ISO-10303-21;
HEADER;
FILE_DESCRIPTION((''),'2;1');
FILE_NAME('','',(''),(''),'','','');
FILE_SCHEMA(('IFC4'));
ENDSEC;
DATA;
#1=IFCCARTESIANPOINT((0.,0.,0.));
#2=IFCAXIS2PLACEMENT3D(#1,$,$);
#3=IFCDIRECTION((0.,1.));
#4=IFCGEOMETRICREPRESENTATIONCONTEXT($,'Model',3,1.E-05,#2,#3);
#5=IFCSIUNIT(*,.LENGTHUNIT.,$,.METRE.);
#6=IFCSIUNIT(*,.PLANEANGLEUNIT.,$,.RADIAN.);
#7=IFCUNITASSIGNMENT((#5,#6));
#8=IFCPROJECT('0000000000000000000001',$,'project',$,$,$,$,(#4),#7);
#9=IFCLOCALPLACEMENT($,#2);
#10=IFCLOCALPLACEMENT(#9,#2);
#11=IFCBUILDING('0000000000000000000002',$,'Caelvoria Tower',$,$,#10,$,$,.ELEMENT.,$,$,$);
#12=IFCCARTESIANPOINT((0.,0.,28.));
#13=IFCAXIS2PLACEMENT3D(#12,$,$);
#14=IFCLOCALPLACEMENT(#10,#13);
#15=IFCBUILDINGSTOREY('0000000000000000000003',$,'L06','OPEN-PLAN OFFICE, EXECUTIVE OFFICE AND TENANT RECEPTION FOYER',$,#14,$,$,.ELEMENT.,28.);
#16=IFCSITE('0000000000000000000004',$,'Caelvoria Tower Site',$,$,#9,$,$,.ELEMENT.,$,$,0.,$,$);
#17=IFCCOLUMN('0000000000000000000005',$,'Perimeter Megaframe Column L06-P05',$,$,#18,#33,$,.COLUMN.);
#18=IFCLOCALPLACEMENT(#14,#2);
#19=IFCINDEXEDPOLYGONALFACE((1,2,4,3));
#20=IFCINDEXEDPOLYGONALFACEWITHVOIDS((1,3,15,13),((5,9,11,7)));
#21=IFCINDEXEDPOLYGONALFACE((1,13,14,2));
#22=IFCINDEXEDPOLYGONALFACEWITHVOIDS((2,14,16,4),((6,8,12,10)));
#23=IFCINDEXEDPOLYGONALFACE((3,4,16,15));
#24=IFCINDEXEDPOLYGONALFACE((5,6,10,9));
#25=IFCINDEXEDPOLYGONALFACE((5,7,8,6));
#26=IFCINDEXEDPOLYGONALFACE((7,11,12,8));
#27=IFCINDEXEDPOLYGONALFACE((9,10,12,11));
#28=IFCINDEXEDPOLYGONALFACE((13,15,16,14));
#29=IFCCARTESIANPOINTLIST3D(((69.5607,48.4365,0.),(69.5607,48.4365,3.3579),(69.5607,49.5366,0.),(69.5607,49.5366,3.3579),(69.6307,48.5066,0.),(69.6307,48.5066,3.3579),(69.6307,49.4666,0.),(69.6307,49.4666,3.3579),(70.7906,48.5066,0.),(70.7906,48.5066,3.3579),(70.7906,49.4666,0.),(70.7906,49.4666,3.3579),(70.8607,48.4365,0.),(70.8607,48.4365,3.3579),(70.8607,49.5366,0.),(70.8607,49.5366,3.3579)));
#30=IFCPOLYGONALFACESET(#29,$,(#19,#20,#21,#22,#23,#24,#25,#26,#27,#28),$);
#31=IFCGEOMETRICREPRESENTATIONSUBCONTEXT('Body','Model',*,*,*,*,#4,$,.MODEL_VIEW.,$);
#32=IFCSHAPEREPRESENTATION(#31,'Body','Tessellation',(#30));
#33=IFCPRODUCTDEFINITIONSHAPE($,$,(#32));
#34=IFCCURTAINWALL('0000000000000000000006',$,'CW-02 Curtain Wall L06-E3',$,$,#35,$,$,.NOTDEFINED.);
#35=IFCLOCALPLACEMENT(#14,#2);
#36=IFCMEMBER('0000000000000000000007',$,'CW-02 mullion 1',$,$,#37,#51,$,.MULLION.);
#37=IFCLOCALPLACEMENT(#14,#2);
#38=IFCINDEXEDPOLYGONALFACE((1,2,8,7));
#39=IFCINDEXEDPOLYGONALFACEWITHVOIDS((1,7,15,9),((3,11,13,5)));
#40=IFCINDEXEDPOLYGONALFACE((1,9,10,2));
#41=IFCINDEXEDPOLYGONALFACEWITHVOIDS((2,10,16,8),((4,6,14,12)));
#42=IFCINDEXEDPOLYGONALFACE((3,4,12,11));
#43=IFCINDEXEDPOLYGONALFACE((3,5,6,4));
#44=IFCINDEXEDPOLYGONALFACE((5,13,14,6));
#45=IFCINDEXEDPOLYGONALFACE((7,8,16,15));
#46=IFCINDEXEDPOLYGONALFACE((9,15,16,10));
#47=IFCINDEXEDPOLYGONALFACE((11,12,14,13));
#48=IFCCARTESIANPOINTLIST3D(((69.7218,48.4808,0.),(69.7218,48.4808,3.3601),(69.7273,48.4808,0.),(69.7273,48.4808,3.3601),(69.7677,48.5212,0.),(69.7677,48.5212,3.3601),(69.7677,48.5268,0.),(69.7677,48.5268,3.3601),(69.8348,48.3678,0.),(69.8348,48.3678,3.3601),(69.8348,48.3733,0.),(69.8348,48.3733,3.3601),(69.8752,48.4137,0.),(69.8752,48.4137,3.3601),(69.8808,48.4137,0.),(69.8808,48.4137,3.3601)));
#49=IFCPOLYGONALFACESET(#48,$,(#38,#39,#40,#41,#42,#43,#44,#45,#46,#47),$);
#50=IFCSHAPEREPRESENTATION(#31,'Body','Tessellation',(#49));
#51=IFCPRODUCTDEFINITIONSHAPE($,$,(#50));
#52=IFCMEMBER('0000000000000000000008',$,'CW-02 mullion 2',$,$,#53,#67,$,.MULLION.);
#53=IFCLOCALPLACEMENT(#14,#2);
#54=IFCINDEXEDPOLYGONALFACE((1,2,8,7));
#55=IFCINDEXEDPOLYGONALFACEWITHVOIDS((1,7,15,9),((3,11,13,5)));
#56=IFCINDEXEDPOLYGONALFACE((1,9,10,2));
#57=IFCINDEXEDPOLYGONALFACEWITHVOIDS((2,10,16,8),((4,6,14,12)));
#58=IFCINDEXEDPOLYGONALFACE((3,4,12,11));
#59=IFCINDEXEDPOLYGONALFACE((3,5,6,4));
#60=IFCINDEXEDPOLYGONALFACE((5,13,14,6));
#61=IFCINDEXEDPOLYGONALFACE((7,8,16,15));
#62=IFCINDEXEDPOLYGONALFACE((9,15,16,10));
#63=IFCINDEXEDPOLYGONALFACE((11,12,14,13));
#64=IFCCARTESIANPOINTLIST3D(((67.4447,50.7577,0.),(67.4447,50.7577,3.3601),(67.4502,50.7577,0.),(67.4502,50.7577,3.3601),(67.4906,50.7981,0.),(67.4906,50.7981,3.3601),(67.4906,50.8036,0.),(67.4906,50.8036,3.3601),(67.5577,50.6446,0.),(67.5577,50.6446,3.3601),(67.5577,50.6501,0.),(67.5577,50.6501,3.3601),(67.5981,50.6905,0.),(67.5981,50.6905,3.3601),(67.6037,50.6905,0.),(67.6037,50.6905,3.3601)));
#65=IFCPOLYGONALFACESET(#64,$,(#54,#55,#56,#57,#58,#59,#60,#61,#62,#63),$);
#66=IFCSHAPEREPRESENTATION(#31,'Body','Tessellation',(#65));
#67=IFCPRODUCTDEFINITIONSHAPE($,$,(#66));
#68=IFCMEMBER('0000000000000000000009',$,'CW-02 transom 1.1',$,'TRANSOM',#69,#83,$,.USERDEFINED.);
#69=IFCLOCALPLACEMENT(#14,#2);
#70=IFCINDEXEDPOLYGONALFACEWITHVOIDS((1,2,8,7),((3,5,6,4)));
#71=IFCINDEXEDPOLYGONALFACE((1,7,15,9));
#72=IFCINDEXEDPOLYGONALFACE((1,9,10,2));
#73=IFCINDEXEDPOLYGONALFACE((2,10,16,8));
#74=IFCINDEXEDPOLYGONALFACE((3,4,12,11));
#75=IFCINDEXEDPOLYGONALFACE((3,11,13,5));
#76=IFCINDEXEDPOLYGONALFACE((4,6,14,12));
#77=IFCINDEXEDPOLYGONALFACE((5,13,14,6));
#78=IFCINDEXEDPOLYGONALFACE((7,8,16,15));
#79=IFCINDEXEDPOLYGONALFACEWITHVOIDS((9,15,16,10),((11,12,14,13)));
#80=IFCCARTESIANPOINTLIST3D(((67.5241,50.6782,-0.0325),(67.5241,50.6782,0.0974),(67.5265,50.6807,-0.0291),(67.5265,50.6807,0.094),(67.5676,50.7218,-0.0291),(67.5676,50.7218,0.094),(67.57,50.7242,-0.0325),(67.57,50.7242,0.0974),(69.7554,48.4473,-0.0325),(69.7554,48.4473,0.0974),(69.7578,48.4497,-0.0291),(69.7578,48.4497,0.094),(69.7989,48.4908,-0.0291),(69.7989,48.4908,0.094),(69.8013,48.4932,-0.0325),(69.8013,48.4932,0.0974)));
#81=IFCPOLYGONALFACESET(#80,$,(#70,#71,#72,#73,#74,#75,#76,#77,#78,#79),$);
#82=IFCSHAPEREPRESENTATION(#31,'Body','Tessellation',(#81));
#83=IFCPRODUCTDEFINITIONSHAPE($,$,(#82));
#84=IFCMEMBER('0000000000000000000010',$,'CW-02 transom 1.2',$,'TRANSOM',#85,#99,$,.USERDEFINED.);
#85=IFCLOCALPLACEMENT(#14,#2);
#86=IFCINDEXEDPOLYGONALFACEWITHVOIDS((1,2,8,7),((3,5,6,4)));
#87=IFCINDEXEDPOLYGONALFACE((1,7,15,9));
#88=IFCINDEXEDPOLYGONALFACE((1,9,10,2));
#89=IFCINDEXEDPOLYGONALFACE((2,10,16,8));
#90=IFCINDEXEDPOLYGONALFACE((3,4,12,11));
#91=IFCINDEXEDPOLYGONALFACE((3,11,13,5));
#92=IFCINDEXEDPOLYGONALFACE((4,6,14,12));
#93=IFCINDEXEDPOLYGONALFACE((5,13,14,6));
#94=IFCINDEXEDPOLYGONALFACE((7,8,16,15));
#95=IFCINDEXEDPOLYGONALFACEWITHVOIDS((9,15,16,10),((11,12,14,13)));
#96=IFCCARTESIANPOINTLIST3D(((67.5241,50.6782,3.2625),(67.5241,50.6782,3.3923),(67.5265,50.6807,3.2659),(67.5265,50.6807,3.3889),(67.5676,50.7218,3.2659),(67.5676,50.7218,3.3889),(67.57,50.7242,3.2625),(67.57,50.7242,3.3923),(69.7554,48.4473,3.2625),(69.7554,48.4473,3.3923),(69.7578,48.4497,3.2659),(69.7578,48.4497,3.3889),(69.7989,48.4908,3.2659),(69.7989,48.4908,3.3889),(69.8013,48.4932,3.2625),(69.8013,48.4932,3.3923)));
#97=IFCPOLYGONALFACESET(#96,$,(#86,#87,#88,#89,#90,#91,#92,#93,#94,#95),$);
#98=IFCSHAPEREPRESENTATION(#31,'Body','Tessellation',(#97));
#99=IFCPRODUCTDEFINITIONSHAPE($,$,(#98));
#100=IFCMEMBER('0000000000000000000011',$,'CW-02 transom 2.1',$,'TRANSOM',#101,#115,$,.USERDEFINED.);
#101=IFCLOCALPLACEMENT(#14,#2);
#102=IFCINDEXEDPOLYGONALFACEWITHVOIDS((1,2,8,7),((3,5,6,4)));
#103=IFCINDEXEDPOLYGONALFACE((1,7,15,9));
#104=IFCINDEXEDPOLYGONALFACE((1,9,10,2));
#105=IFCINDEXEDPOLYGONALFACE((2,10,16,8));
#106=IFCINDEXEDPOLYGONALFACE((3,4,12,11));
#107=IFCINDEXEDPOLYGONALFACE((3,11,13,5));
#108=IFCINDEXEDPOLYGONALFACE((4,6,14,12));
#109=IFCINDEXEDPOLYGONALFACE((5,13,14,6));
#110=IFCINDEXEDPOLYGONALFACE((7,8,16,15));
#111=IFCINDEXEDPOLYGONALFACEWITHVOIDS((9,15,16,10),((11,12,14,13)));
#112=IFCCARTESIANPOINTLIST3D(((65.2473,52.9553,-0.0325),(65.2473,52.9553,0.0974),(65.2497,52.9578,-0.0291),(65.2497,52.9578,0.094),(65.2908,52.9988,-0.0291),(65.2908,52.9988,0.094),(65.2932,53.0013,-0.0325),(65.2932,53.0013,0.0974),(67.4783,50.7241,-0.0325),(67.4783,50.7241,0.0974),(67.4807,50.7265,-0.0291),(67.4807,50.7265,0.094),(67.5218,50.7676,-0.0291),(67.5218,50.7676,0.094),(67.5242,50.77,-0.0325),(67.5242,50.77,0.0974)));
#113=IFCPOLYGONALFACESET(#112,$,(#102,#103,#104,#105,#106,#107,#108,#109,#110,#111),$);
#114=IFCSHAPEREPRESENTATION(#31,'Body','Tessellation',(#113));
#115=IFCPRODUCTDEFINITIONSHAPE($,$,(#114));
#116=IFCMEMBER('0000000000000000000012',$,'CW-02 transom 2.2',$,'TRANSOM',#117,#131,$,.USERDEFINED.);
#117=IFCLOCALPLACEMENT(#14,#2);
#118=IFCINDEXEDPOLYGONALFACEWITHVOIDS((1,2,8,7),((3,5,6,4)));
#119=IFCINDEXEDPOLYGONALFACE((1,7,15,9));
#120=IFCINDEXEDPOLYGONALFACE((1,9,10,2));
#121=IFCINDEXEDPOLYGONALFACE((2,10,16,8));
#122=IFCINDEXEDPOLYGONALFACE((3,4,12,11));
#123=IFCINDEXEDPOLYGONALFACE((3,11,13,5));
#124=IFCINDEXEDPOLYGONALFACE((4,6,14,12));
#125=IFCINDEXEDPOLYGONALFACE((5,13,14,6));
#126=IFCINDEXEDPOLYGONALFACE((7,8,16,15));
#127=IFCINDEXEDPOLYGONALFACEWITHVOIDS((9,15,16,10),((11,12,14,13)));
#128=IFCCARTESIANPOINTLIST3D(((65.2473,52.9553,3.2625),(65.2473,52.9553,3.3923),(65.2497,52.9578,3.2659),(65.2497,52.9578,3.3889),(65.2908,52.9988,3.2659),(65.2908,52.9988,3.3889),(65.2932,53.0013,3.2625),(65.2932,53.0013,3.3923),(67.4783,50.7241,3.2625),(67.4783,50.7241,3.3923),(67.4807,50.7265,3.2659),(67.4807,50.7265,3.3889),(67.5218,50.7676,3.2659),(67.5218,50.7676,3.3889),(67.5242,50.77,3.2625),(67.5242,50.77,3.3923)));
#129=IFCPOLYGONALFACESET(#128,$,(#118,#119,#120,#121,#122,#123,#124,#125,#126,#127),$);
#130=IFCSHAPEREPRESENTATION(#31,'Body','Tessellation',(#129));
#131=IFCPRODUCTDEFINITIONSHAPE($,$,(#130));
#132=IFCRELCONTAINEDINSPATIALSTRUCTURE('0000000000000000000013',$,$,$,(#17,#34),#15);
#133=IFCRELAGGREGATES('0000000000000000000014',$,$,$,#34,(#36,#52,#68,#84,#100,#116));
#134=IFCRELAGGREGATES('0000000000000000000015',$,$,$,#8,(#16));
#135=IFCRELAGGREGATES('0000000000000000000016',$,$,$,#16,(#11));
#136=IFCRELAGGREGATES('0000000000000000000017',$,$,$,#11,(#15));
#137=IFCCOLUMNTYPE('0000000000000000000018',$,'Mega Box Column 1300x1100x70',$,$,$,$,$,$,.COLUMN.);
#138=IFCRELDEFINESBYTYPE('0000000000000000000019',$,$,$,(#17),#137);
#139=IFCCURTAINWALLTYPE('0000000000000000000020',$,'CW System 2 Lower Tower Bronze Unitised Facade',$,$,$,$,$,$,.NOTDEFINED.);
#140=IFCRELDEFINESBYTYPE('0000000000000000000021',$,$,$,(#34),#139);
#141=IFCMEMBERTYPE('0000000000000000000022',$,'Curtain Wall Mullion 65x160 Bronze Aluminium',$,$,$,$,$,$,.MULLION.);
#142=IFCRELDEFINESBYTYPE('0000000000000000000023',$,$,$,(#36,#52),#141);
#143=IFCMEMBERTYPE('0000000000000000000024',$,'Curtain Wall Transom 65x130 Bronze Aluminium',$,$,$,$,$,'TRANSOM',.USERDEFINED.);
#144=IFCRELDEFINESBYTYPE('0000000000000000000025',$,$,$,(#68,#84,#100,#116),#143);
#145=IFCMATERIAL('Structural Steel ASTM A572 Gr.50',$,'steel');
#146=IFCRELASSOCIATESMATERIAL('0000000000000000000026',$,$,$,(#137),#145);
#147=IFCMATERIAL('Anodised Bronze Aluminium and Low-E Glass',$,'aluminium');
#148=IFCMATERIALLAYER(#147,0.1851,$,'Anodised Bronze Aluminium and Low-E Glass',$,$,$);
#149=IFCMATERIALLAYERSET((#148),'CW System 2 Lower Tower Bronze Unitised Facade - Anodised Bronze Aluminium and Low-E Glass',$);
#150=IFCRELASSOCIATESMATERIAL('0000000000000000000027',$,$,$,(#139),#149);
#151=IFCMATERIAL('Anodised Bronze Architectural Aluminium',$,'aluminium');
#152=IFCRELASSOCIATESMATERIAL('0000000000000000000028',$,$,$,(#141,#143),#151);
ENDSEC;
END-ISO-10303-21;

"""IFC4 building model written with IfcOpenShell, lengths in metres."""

from ifc_helpers import new_model, si_unit, direction, frame, origin, origin_2d, place, context, subcontext, project, spatial, hollow_rectangle, extrude, material, layer, layer_set, material_profile, profile_set, type_object, element, aggregate, save


model = new_model("IFC4")

# Units and contexts
model_context = context("Model", 3, precision=1e-05, world=origin(), true_north=direction((0.0, 1.0)))
body_context = subcontext(model_context, "Body", "Model", "MODEL_VIEW")
ifc_project = project(units=[si_unit("LENGTHUNIT", "METRE"), si_unit("PLANEANGLEUNIT", "RADIAN")], contexts=[model_context])

# Site, building, storey
site_placement = place(None, origin())
site = spatial("IfcSite", under=ifc_project, at=site_placement, Name="Caelvoria Tower Site", CompositionType="ELEMENT", RefElevation=0.0)
building_placement = place(site_placement, origin())
building = spatial("IfcBuilding", under=site, at=building_placement, Name="Caelvoria Tower", CompositionType="ELEMENT")
storey_placement = place(building_placement, frame((0.0, 0.0, 28.0)))
storey = spatial("IfcBuildingStorey", under=building, at=storey_placement, Name="L06", Description="OPEN-PLAN OFFICE, EXECUTIVE OFFICE AND TENANT RECEPTION FOYER", CompositionType="ELEMENT", Elevation=28.0)

# Column
ifc_material_1 = material(Name="Structural Steel ASTM A572 Gr.50", Category="steel")
ifc_material_profile_1 = material_profile(ifc_material_1, hollow_rectangle(XDim=1.1001, YDim=1.3, WallThickness=0.0701, at=origin_2d()), Name="Structural Steel ASTM A572 Gr.50")
ifc_profile_set_1 = profile_set([ifc_material_profile_1], Name="BOX1300X1100X70 - Structural Steel ASTM A572 Gr.50")
column_type = type_object("IfcColumnType", Name="Mega Box Column 1300x1100x70", PredefinedType="COLUMN", material=ifc_profile_set_1)
column_placement = place(storey_placement, frame((70.2107, 48.9866, 0.0), z_axis=(0.0, 0.0, 1.0), x_axis=(0.0, 1.0, 0.0)))
element("IfcColumn", 1, at=column_placement, inside=storey, type_object=column_type, Name="Perimeter Megaframe Column L06-P05", PredefinedType="COLUMN", context=body_context, shape_type="SweptSolid", body=[
    extrude(hollow_rectangle(XDim=1.1001, YDim=1.3, WallThickness=0.0701, at=origin_2d()), origin(), (0.0, 0.0, 1.0), 3.3579),
])

# Curtain wall, members
ifc_material_2 = material(Name="Anodised Bronze Aluminium and Low-E Glass", Category="aluminium")
ifc_layer_1 = layer(ifc_material_2, 0.1851, Name="Anodised Bronze Aluminium and Low-E Glass")
ifc_layer_set_1 = layer_set([ifc_layer_1], Name="CW System 2 Lower Tower Bronze Unitised Facade - Anodised Bronze Aluminium and Low-E Glass")
curtain_wall_type = type_object("IfcCurtainWallType", Name="CW System 2 Lower Tower Bronze Unitised Facade", PredefinedType="NOTDEFINED", material=ifc_layer_set_1)
curtain_wall_placement = place(storey_placement, origin())
curtain_wall = element("IfcCurtainWall", 2, at=curtain_wall_placement, inside=storey, type_object=curtain_wall_type, Name="CW-02 Curtain Wall L06-E3", PredefinedType="NOTDEFINED")
ifc_material_3 = material(Name="Anodised Bronze Architectural Aluminium", Category="aluminium")
ifc_material_profile_2 = material_profile(ifc_material_3, hollow_rectangle(XDim=0.0649, YDim=0.1599, WallThickness=0.0039, at=origin_2d()), Name="Anodised Bronze Architectural Aluminium")
ifc_profile_set_2 = profile_set([ifc_material_profile_2], Name="CW_MULL_65X160 - Anodised Bronze Architectural Aluminium")
member_type_1 = type_object("IfcMemberType", Name="Curtain Wall Mullion 65x160 Bronze Aluminium", PredefinedType="MULLION", material=ifc_profile_set_2)
member_1_placement = place(storey_placement, frame((69.8013, 48.4473, 0.0), z_axis=(0.0, 0.0, 1.0), x_axis=(-0.707107, -0.707107, 0.0)))
member_1 = element("IfcMember", 3, at=member_1_placement, type_object=member_type_1, Name="CW-02 mullion 1", PredefinedType="MULLION", context=body_context, shape_type="SweptSolid", body=[
    extrude(hollow_rectangle(XDim=0.0649, YDim=0.1599, WallThickness=0.0039, at=origin_2d()), origin(), (0.0, 0.0, 1.0), 3.3601),
])
member_2_placement = place(storey_placement, frame((67.5242, 50.7241, 0.0), z_axis=(0.0, 0.0, 1.0), x_axis=(-0.707107, -0.707107, 0.0)))
member_2 = element("IfcMember", 4, at=member_2_placement, type_object=member_type_1, Name="CW-02 mullion 2", PredefinedType="MULLION", context=body_context, shape_type="SweptSolid", body=[
    extrude(hollow_rectangle(XDim=0.0649, YDim=0.1599, WallThickness=0.0039, at=origin_2d()), origin(), (0.0, 0.0, 1.0), 3.3601),
])
ifc_material_profile_3 = material_profile(ifc_material_3, hollow_rectangle(XDim=0.0649, YDim=0.1299, WallThickness=0.0034, at=origin_2d()), Name="Anodised Bronze Architectural Aluminium")
ifc_profile_set_3 = profile_set([ifc_material_profile_3], Name="CW_TRAN_65X130 - Anodised Bronze Architectural Aluminium")
member_type_2 = type_object("IfcMemberType", Name="Curtain Wall Transom 65x130 Bronze Aluminium", ElementType="TRANSOM", PredefinedType="USERDEFINED", material=ifc_profile_set_3)
member_3_placement = place(storey_placement, frame((69.7783, 48.4702, 0.0325), z_axis=(-0.707145, 0.707068, 0.0), x_axis=(-0.707068, -0.707145, 0.0)))
member_3 = element("IfcMember", 5, at=member_3_placement, type_object=member_type_2, Name="CW-02 transom 1.1", ObjectType="TRANSOM", PredefinedType="USERDEFINED", context=body_context, shape_type="SweptSolid", body=[
    extrude(hollow_rectangle(XDim=0.0649, YDim=0.1299, WallThickness=0.0034, at=origin_2d()), origin(), (0.0, 0.0, 1.0), 3.1553),
])
member_4_placement = place(storey_placement, frame((69.7783, 48.4702, 3.3274), z_axis=(-0.707145, 0.707068, 0.0), x_axis=(-0.707068, -0.707145, 0.0)))
member_4 = element("IfcMember", 6, at=member_4_placement, type_object=member_type_2, Name="CW-02 transom 1.2", ObjectType="TRANSOM", PredefinedType="USERDEFINED", context=body_context, shape_type="SweptSolid", body=[
    extrude(hollow_rectangle(XDim=0.0649, YDim=0.1299, WallThickness=0.0034, at=origin_2d()), origin(), (0.0, 0.0, 1.0), 3.1553),
])
member_5_placement = place(storey_placement, frame((67.5012, 50.7471, 0.0325), z_axis=(-0.707068, 0.707145, 0.0), x_axis=(-0.707145, -0.707068, 0.0)))
member_5 = element("IfcMember", 7, at=member_5_placement, type_object=member_type_2, Name="CW-02 transom 2.1", ObjectType="TRANSOM", PredefinedType="USERDEFINED", context=body_context, shape_type="SweptSolid", body=[
    extrude(hollow_rectangle(XDim=0.0649, YDim=0.1299, WallThickness=0.0034, at=origin_2d()), origin(), (0.0, 0.0, 1.0), 3.1553),
])
member_6_placement = place(storey_placement, frame((67.5012, 50.7471, 3.3274), z_axis=(-0.707068, 0.707145, 0.0), x_axis=(-0.707145, -0.707068, 0.0)))
member_6 = element("IfcMember", 8, at=member_6_placement, type_object=member_type_2, Name="CW-02 transom 2.2", ObjectType="TRANSOM", PredefinedType="USERDEFINED", context=body_context, shape_type="SweptSolid", body=[
    extrude(hollow_rectangle(XDim=0.0649, YDim=0.1299, WallThickness=0.0034, at=origin_2d()), origin(), (0.0, 0.0, 1.0), 3.1553),
])

aggregate(curtain_wall, [member_1, member_2, member_3, member_4, member_5, member_6])

save(model, "model.ifc")
